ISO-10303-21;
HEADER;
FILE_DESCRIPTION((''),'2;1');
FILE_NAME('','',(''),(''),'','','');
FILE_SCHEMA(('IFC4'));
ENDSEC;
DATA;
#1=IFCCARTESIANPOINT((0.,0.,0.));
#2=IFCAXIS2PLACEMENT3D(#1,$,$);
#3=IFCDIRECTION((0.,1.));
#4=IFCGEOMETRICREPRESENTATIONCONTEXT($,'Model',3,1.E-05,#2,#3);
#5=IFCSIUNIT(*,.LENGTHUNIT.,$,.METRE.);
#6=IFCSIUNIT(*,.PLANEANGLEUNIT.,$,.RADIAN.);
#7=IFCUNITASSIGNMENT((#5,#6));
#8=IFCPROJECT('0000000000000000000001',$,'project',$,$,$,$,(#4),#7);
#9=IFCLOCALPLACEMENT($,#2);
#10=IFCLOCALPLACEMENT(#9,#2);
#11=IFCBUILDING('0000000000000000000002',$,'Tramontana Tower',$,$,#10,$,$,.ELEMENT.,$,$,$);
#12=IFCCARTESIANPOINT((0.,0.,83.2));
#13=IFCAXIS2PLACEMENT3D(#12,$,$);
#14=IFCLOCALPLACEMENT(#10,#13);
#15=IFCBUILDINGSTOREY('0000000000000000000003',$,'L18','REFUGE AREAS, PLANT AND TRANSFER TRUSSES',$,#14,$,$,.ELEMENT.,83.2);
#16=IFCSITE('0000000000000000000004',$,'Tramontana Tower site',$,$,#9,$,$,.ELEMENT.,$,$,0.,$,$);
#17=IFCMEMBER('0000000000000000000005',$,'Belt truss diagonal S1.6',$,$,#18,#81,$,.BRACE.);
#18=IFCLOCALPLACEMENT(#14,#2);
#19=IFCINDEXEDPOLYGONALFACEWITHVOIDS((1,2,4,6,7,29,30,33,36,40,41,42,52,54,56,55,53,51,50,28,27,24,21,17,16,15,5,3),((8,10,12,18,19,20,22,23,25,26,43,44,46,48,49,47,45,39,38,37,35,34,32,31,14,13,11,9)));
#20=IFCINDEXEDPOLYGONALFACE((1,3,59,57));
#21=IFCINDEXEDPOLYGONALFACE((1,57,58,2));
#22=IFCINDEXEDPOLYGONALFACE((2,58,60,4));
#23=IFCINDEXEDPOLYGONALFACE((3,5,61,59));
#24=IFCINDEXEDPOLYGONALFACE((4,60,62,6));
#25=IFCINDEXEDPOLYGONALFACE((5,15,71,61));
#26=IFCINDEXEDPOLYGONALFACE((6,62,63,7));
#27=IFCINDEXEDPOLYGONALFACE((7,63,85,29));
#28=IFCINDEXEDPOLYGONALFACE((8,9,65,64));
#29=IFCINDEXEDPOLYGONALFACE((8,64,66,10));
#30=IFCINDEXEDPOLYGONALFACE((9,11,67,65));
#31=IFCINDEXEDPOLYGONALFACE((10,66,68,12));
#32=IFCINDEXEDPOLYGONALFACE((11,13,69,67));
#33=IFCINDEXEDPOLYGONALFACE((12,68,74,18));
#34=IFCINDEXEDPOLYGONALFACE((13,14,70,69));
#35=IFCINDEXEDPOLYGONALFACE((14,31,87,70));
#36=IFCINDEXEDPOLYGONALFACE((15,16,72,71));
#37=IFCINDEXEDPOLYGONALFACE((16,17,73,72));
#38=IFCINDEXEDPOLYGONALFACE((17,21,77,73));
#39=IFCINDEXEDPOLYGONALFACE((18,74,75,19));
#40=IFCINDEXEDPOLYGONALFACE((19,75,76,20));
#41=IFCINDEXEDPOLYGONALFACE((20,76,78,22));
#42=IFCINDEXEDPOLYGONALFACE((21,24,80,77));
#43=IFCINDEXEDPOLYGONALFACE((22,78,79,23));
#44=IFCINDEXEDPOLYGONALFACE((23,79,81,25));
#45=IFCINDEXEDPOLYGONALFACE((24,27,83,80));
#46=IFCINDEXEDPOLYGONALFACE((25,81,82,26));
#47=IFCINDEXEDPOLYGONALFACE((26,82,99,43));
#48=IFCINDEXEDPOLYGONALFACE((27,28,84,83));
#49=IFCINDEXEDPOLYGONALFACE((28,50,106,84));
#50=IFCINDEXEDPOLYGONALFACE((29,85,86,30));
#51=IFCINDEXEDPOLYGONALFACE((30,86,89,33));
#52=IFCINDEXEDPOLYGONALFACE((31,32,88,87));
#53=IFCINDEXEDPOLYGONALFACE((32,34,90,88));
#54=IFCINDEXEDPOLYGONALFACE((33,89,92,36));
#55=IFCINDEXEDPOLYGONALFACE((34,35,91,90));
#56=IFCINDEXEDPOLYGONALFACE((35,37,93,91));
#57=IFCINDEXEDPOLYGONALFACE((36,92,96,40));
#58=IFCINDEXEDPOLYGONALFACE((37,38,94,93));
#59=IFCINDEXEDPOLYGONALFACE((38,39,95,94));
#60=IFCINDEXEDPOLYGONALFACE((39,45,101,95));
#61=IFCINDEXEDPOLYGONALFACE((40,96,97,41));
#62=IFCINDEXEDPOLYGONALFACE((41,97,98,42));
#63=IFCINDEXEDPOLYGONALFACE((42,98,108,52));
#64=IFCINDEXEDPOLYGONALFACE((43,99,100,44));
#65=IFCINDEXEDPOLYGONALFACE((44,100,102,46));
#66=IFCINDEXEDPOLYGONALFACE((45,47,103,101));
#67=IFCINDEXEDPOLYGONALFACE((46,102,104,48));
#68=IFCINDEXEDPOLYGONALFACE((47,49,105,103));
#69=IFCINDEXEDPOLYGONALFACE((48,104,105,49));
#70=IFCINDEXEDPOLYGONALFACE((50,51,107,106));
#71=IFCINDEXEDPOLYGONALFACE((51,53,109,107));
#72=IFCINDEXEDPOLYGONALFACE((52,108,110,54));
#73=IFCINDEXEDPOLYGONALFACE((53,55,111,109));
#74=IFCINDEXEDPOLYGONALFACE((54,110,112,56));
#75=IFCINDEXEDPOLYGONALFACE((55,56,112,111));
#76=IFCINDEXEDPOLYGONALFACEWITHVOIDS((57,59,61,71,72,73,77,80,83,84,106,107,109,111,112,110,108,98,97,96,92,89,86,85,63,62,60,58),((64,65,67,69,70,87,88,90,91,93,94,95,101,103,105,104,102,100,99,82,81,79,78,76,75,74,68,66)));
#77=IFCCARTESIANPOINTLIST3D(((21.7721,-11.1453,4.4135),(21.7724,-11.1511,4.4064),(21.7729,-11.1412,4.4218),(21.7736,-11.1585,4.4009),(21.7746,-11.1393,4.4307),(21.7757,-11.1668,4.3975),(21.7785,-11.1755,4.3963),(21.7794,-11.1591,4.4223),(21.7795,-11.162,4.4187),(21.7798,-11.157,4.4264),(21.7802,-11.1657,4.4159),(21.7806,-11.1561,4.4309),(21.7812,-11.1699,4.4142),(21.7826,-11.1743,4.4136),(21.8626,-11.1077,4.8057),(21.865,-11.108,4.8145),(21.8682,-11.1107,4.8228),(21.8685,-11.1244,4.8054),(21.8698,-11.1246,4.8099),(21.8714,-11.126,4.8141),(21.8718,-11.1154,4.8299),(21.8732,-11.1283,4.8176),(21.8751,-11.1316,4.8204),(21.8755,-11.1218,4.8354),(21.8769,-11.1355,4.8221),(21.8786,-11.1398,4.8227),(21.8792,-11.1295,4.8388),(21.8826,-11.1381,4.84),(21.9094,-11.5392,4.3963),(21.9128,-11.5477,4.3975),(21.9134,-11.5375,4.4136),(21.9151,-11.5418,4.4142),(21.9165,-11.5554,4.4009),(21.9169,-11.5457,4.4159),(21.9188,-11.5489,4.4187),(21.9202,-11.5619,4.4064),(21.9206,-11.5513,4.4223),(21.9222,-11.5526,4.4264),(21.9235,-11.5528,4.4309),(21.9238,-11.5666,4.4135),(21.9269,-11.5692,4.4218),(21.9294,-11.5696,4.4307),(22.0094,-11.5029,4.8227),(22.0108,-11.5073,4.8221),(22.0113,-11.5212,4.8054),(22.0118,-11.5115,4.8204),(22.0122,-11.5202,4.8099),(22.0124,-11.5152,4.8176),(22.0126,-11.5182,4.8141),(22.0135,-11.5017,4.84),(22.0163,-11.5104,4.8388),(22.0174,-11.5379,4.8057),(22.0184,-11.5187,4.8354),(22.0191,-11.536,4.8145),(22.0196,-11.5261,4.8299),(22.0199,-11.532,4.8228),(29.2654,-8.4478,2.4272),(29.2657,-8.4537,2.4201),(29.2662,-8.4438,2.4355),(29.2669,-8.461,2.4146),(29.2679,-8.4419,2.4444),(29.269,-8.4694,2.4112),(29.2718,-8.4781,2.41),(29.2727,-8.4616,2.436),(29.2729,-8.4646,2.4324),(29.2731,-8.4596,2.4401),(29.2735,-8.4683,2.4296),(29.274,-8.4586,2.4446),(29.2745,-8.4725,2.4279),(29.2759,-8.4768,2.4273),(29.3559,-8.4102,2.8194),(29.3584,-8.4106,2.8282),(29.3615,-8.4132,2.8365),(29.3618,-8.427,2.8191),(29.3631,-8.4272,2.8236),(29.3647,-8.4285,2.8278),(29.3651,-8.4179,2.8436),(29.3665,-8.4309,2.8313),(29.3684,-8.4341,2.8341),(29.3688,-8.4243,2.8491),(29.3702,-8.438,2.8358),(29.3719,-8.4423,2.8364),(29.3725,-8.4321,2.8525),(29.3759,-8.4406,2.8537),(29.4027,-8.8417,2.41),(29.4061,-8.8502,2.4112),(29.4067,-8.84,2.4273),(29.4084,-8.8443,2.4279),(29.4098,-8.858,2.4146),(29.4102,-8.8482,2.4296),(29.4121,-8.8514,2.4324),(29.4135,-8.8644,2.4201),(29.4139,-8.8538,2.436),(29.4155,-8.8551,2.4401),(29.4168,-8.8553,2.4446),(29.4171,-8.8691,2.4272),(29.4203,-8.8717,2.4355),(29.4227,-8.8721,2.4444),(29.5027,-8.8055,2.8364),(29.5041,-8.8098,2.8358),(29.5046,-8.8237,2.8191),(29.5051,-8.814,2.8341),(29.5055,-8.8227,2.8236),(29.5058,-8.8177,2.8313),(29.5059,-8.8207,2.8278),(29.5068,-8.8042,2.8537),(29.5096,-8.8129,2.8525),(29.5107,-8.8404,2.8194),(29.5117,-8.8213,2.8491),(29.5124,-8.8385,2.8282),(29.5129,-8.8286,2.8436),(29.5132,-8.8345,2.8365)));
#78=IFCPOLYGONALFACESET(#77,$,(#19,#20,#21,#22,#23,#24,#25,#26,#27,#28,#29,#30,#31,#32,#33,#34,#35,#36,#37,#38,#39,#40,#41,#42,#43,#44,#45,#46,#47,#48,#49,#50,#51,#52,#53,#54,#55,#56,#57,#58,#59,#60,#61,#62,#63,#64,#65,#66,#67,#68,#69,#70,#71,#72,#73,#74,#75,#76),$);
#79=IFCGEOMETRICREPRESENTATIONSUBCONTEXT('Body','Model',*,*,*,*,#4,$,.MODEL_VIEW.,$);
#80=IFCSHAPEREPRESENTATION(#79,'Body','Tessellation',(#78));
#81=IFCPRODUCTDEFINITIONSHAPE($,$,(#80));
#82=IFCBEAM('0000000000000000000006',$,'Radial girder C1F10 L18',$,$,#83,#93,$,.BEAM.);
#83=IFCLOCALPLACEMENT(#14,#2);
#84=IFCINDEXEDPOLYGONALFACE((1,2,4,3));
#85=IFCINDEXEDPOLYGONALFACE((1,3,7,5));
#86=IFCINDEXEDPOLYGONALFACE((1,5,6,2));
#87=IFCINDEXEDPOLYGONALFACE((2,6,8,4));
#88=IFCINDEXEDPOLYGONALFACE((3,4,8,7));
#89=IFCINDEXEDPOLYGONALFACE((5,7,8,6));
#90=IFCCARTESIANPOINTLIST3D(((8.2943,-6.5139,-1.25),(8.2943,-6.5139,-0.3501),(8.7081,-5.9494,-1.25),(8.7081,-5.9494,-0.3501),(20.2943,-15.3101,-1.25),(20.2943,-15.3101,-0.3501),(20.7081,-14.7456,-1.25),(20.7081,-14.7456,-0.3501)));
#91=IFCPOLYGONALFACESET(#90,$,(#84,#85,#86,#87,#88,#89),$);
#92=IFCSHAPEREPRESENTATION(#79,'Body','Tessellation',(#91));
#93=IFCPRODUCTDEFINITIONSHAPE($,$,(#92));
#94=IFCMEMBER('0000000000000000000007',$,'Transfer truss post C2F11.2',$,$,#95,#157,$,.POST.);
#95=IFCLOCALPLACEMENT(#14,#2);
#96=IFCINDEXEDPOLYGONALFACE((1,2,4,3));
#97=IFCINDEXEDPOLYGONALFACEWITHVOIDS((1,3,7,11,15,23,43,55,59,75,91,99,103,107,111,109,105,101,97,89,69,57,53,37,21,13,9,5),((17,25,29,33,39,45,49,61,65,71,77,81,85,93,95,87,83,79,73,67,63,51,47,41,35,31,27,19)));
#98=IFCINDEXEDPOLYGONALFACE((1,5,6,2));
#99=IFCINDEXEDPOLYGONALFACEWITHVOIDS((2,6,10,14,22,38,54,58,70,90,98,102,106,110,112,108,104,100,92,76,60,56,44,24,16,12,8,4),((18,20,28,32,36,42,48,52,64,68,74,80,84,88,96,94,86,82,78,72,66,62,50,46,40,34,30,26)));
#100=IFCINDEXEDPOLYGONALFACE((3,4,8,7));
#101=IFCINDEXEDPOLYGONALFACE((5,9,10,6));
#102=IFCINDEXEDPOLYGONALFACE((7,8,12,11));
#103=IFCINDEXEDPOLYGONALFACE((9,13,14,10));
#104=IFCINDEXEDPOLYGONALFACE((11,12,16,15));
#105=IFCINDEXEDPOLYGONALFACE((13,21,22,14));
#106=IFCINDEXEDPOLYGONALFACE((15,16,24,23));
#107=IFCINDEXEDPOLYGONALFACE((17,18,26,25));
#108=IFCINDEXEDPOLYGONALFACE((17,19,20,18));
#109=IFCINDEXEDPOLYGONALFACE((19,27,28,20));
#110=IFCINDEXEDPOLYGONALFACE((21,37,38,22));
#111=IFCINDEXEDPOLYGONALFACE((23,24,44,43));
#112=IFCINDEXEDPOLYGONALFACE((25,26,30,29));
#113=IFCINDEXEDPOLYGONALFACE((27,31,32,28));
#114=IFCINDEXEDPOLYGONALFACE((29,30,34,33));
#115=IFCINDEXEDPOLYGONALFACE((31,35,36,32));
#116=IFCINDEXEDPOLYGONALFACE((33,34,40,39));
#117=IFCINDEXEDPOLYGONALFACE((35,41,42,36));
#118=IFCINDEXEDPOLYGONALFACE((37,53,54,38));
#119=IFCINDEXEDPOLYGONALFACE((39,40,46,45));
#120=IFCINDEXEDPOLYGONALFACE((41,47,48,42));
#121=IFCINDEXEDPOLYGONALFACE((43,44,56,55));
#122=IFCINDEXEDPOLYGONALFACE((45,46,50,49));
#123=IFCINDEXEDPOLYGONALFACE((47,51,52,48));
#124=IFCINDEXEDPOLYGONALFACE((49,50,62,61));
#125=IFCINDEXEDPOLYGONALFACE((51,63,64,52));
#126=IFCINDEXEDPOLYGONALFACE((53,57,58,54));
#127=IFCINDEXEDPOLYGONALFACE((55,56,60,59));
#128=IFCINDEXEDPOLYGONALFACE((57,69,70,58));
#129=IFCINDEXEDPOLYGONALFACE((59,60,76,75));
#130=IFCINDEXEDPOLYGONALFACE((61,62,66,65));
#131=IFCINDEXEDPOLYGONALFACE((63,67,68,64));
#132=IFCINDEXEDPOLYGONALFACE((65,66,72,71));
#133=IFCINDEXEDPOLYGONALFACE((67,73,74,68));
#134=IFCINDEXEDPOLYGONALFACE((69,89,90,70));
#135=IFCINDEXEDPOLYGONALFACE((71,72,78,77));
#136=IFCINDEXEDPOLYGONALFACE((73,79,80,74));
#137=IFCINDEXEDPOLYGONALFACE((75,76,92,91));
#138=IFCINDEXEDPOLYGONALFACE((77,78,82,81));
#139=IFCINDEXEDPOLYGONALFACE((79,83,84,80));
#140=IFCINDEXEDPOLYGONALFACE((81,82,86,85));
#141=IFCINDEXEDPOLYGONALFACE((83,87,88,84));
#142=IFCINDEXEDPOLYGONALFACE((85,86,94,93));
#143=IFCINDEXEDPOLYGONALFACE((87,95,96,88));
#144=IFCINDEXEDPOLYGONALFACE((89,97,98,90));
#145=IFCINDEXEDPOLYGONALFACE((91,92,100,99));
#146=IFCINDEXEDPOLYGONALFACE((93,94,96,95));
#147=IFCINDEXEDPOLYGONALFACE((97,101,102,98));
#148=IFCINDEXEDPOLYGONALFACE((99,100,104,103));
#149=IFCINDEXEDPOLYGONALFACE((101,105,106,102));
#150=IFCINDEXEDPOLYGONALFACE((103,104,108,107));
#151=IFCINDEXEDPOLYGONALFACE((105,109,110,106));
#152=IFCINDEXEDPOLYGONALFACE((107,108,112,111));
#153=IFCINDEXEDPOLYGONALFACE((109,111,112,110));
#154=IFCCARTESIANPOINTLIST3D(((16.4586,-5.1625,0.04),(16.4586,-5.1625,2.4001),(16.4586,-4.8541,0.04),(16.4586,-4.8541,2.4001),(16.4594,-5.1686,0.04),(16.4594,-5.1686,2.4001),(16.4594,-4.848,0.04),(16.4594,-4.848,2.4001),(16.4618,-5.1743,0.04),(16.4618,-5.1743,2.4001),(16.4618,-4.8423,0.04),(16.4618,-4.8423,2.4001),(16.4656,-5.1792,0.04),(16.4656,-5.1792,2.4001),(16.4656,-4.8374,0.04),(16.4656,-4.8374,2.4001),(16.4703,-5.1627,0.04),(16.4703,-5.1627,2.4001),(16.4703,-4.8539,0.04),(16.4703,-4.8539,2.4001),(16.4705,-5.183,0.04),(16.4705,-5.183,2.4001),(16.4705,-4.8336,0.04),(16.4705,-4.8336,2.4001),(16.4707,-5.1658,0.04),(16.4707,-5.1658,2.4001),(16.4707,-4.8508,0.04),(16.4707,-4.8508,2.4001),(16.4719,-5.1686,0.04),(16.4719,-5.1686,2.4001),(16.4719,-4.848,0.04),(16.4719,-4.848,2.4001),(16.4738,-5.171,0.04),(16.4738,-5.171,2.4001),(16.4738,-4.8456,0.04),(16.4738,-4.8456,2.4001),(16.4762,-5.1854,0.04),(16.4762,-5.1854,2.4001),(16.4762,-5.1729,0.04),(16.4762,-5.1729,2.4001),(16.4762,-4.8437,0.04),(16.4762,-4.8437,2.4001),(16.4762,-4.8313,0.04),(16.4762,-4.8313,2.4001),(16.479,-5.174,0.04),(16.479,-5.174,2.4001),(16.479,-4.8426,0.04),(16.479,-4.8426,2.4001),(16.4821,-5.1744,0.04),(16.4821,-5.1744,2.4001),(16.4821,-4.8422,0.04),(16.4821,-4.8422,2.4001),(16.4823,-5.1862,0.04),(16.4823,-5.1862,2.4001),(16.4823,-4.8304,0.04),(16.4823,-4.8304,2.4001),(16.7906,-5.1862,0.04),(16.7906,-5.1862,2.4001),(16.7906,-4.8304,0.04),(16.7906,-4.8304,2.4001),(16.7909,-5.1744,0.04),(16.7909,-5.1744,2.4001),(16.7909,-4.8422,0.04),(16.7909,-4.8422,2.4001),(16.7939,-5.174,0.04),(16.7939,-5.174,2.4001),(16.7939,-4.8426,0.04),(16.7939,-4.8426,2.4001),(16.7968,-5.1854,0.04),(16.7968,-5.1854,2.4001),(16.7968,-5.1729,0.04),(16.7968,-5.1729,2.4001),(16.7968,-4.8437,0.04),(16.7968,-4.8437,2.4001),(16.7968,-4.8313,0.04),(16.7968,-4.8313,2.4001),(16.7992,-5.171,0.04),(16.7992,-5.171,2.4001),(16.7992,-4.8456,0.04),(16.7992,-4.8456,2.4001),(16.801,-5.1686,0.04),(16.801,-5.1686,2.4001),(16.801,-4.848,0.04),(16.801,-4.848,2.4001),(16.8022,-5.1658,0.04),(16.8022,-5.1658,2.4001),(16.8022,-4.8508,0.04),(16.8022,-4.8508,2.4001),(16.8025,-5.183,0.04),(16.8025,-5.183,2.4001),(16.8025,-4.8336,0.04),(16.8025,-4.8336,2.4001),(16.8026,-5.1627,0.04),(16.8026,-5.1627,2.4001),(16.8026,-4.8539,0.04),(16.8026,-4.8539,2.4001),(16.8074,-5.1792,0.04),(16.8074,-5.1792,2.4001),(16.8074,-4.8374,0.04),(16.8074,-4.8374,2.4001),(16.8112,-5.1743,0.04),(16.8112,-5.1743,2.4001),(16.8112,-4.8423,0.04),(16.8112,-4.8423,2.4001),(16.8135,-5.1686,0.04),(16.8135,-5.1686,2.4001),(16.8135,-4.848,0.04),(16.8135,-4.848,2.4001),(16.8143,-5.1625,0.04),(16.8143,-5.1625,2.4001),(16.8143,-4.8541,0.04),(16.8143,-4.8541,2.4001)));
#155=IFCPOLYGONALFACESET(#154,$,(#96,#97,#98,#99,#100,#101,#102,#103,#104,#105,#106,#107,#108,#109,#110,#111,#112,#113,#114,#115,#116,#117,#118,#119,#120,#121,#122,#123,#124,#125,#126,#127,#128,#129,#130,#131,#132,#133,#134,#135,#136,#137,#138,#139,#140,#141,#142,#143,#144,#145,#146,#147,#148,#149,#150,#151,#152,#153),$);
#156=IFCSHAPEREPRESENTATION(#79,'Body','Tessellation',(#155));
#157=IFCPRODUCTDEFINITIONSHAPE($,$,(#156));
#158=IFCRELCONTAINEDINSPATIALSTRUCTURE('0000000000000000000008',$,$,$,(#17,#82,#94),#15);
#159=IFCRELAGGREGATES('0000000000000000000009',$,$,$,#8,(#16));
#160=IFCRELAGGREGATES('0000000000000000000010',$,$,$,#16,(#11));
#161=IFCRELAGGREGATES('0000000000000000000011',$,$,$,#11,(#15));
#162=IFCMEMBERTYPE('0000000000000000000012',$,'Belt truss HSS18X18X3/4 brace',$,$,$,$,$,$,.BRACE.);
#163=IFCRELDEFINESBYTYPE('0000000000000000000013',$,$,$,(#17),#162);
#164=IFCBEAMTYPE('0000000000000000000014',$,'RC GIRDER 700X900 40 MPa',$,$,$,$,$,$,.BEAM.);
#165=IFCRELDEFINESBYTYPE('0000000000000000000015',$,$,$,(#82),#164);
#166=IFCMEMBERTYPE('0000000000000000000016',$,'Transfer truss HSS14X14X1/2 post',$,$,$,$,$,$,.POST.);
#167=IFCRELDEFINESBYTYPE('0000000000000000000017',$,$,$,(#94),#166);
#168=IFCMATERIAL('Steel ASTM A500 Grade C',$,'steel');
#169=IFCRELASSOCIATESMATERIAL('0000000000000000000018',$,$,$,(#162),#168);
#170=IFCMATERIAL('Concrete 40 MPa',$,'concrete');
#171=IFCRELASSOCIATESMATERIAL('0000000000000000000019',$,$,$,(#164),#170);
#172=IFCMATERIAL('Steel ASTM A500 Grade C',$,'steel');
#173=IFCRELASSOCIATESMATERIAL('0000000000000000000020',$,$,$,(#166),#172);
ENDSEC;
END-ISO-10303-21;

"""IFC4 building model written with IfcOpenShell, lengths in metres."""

from ifc_helpers import new_model, si_unit, direction, frame, origin, origin_2d, place, context, subcontext, project, spatial, rectangle, hollow_rectangle, extrude, material, material_profile, profile_set, type_object, element, save


model = new_model("IFC4")

# Units and contexts
model_context = context("Model", 3, precision=1e-05, world=origin(), true_north=direction((0.0, 1.0)))
body_context = subcontext(model_context, "Body", "Model", "MODEL_VIEW")
ifc_project = project(units=[si_unit("LENGTHUNIT", "METRE"), si_unit("PLANEANGLEUNIT", "RADIAN")], contexts=[model_context])

# Site, building, storey
site_placement = place(None, origin())
site = spatial("IfcSite", under=ifc_project, at=site_placement, Name="Tramontana Tower site", CompositionType="ELEMENT", RefElevation=0.0)
building_placement = place(site_placement, origin())
building = spatial("IfcBuilding", under=site, at=building_placement, Name="Tramontana Tower", CompositionType="ELEMENT")
storey_placement = place(building_placement, frame((0.0, 0.0, 83.2)))
storey = spatial("IfcBuildingStorey", under=building, at=storey_placement, Name="L18", Description="REFUGE AREAS, PLANT AND TRANSFER TRUSSES", CompositionType="ELEMENT", Elevation=83.2)

# Member
ifc_material_1 = material(Name="Steel ASTM A500 Grade C", Category="steel")
ifc_material_profile_1 = material_profile(ifc_material_1, hollow_rectangle(XDim=0.4573, YDim=0.4573, WallThickness=0.0178, InnerFilletRadius=0.0178, OuterFilletRadius=0.0354, at=origin_2d()), Name="HSS18X18X3/4")
ifc_profile_set_1 = profile_set([ifc_material_profile_1], Name="Steel ASTM A500 Grade C")
member_type_1 = type_object("IfcMemberType", Name="Belt truss HSS18X18X3/4 brace", PredefinedType="BRACE", material=ifc_profile_set_1)
member_1_placement = place(storey_placement, frame((21.896, -11.3386, 4.6182), z_axis=(0.912926, 0.328639, -0.241996), x_axis=(-0.338706, 0.940892, 0.0)))
element("IfcMember", 1, at=member_1_placement, inside=storey, type_object=member_type_1, Name="Belt truss diagonal S1.6", PredefinedType="BRACE", context=body_context, shape_type="SweptSolid", body=[
    extrude(hollow_rectangle(XDim=0.4573, YDim=0.4573, WallThickness=0.0178, InnerFilletRadius=0.0178, OuterFilletRadius=0.0354, at=origin_2d()), origin(), (0.0, 0.0, 1.0), 8.208),
])

# Beam
ifc_material_2 = material(Name="Concrete 40 MPa", Category="concrete")
ifc_material_profile_2 = material_profile(ifc_material_2, rectangle(XDim=0.7, YDim=0.8999, at=origin_2d()), Name="RC GIRDER 700X900 40 MPa")
ifc_profile_set_2 = profile_set([ifc_material_profile_2], Name="Concrete 40 MPa")
beam_type = type_object("IfcBeamType", Name="RC GIRDER 700X900 40 MPa", PredefinedType="BEAM", material=ifc_profile_set_2)
beam_placement = place(storey_placement, frame((20.5012, -15.0278, -0.8), z_axis=(-0.806529, 0.591195, 0.0), x_axis=(-0.591195, -0.806529, 0.0)))
element("IfcBeam", 2, at=beam_placement, inside=storey, type_object=beam_type, Name="Radial girder C1F10 L18", PredefinedType="BEAM", context=body_context, shape_type="SweptSolid", body=[
    extrude(rectangle(XDim=0.7, YDim=0.8999, at=origin_2d()), origin(), (0.0, 0.0, 1.0), 14.8787),
])

# Member
ifc_material_3 = material(Name="Steel ASTM A500 Grade C", Category="steel")
ifc_material_profile_3 = material_profile(ifc_material_3, hollow_rectangle(XDim=0.3557, YDim=0.3557, WallThickness=0.0117, InnerFilletRadius=0.0117, OuterFilletRadius=0.0237, at=origin_2d()), Name="HSS14X14X1/2")
ifc_profile_set_3 = profile_set([ifc_material_profile_3], Name="Steel ASTM A500 Grade C")
member_type_2 = type_object("IfcMemberType", Name="Transfer truss HSS14X14X1/2 post", PredefinedType="POST", material=ifc_profile_set_3)
for number, where, z_axis, x_axis, name in (
    (3, (16.6365, -5.0083, 0.04), (0.0, 0.0, 1.0), (1.0, 0.0, 0.0), "Transfer truss post C2F11.2"),
):
    element("IfcMember", number, at=place(storey_placement, frame(where, z_axis=z_axis, x_axis=x_axis)), inside=storey, type_object=member_type_2, Name=name, PredefinedType="POST", context=body_context, shape_type="SweptSolid", body=[
        extrude(hollow_rectangle(XDim=0.3557, YDim=0.3557, WallThickness=0.0117, InnerFilletRadius=0.0117, OuterFilletRadius=0.0237, at=origin_2d()), origin(), (0.0, 0.0, 1.0), 2.3601),
    ])

save(model, "model.ifc")
